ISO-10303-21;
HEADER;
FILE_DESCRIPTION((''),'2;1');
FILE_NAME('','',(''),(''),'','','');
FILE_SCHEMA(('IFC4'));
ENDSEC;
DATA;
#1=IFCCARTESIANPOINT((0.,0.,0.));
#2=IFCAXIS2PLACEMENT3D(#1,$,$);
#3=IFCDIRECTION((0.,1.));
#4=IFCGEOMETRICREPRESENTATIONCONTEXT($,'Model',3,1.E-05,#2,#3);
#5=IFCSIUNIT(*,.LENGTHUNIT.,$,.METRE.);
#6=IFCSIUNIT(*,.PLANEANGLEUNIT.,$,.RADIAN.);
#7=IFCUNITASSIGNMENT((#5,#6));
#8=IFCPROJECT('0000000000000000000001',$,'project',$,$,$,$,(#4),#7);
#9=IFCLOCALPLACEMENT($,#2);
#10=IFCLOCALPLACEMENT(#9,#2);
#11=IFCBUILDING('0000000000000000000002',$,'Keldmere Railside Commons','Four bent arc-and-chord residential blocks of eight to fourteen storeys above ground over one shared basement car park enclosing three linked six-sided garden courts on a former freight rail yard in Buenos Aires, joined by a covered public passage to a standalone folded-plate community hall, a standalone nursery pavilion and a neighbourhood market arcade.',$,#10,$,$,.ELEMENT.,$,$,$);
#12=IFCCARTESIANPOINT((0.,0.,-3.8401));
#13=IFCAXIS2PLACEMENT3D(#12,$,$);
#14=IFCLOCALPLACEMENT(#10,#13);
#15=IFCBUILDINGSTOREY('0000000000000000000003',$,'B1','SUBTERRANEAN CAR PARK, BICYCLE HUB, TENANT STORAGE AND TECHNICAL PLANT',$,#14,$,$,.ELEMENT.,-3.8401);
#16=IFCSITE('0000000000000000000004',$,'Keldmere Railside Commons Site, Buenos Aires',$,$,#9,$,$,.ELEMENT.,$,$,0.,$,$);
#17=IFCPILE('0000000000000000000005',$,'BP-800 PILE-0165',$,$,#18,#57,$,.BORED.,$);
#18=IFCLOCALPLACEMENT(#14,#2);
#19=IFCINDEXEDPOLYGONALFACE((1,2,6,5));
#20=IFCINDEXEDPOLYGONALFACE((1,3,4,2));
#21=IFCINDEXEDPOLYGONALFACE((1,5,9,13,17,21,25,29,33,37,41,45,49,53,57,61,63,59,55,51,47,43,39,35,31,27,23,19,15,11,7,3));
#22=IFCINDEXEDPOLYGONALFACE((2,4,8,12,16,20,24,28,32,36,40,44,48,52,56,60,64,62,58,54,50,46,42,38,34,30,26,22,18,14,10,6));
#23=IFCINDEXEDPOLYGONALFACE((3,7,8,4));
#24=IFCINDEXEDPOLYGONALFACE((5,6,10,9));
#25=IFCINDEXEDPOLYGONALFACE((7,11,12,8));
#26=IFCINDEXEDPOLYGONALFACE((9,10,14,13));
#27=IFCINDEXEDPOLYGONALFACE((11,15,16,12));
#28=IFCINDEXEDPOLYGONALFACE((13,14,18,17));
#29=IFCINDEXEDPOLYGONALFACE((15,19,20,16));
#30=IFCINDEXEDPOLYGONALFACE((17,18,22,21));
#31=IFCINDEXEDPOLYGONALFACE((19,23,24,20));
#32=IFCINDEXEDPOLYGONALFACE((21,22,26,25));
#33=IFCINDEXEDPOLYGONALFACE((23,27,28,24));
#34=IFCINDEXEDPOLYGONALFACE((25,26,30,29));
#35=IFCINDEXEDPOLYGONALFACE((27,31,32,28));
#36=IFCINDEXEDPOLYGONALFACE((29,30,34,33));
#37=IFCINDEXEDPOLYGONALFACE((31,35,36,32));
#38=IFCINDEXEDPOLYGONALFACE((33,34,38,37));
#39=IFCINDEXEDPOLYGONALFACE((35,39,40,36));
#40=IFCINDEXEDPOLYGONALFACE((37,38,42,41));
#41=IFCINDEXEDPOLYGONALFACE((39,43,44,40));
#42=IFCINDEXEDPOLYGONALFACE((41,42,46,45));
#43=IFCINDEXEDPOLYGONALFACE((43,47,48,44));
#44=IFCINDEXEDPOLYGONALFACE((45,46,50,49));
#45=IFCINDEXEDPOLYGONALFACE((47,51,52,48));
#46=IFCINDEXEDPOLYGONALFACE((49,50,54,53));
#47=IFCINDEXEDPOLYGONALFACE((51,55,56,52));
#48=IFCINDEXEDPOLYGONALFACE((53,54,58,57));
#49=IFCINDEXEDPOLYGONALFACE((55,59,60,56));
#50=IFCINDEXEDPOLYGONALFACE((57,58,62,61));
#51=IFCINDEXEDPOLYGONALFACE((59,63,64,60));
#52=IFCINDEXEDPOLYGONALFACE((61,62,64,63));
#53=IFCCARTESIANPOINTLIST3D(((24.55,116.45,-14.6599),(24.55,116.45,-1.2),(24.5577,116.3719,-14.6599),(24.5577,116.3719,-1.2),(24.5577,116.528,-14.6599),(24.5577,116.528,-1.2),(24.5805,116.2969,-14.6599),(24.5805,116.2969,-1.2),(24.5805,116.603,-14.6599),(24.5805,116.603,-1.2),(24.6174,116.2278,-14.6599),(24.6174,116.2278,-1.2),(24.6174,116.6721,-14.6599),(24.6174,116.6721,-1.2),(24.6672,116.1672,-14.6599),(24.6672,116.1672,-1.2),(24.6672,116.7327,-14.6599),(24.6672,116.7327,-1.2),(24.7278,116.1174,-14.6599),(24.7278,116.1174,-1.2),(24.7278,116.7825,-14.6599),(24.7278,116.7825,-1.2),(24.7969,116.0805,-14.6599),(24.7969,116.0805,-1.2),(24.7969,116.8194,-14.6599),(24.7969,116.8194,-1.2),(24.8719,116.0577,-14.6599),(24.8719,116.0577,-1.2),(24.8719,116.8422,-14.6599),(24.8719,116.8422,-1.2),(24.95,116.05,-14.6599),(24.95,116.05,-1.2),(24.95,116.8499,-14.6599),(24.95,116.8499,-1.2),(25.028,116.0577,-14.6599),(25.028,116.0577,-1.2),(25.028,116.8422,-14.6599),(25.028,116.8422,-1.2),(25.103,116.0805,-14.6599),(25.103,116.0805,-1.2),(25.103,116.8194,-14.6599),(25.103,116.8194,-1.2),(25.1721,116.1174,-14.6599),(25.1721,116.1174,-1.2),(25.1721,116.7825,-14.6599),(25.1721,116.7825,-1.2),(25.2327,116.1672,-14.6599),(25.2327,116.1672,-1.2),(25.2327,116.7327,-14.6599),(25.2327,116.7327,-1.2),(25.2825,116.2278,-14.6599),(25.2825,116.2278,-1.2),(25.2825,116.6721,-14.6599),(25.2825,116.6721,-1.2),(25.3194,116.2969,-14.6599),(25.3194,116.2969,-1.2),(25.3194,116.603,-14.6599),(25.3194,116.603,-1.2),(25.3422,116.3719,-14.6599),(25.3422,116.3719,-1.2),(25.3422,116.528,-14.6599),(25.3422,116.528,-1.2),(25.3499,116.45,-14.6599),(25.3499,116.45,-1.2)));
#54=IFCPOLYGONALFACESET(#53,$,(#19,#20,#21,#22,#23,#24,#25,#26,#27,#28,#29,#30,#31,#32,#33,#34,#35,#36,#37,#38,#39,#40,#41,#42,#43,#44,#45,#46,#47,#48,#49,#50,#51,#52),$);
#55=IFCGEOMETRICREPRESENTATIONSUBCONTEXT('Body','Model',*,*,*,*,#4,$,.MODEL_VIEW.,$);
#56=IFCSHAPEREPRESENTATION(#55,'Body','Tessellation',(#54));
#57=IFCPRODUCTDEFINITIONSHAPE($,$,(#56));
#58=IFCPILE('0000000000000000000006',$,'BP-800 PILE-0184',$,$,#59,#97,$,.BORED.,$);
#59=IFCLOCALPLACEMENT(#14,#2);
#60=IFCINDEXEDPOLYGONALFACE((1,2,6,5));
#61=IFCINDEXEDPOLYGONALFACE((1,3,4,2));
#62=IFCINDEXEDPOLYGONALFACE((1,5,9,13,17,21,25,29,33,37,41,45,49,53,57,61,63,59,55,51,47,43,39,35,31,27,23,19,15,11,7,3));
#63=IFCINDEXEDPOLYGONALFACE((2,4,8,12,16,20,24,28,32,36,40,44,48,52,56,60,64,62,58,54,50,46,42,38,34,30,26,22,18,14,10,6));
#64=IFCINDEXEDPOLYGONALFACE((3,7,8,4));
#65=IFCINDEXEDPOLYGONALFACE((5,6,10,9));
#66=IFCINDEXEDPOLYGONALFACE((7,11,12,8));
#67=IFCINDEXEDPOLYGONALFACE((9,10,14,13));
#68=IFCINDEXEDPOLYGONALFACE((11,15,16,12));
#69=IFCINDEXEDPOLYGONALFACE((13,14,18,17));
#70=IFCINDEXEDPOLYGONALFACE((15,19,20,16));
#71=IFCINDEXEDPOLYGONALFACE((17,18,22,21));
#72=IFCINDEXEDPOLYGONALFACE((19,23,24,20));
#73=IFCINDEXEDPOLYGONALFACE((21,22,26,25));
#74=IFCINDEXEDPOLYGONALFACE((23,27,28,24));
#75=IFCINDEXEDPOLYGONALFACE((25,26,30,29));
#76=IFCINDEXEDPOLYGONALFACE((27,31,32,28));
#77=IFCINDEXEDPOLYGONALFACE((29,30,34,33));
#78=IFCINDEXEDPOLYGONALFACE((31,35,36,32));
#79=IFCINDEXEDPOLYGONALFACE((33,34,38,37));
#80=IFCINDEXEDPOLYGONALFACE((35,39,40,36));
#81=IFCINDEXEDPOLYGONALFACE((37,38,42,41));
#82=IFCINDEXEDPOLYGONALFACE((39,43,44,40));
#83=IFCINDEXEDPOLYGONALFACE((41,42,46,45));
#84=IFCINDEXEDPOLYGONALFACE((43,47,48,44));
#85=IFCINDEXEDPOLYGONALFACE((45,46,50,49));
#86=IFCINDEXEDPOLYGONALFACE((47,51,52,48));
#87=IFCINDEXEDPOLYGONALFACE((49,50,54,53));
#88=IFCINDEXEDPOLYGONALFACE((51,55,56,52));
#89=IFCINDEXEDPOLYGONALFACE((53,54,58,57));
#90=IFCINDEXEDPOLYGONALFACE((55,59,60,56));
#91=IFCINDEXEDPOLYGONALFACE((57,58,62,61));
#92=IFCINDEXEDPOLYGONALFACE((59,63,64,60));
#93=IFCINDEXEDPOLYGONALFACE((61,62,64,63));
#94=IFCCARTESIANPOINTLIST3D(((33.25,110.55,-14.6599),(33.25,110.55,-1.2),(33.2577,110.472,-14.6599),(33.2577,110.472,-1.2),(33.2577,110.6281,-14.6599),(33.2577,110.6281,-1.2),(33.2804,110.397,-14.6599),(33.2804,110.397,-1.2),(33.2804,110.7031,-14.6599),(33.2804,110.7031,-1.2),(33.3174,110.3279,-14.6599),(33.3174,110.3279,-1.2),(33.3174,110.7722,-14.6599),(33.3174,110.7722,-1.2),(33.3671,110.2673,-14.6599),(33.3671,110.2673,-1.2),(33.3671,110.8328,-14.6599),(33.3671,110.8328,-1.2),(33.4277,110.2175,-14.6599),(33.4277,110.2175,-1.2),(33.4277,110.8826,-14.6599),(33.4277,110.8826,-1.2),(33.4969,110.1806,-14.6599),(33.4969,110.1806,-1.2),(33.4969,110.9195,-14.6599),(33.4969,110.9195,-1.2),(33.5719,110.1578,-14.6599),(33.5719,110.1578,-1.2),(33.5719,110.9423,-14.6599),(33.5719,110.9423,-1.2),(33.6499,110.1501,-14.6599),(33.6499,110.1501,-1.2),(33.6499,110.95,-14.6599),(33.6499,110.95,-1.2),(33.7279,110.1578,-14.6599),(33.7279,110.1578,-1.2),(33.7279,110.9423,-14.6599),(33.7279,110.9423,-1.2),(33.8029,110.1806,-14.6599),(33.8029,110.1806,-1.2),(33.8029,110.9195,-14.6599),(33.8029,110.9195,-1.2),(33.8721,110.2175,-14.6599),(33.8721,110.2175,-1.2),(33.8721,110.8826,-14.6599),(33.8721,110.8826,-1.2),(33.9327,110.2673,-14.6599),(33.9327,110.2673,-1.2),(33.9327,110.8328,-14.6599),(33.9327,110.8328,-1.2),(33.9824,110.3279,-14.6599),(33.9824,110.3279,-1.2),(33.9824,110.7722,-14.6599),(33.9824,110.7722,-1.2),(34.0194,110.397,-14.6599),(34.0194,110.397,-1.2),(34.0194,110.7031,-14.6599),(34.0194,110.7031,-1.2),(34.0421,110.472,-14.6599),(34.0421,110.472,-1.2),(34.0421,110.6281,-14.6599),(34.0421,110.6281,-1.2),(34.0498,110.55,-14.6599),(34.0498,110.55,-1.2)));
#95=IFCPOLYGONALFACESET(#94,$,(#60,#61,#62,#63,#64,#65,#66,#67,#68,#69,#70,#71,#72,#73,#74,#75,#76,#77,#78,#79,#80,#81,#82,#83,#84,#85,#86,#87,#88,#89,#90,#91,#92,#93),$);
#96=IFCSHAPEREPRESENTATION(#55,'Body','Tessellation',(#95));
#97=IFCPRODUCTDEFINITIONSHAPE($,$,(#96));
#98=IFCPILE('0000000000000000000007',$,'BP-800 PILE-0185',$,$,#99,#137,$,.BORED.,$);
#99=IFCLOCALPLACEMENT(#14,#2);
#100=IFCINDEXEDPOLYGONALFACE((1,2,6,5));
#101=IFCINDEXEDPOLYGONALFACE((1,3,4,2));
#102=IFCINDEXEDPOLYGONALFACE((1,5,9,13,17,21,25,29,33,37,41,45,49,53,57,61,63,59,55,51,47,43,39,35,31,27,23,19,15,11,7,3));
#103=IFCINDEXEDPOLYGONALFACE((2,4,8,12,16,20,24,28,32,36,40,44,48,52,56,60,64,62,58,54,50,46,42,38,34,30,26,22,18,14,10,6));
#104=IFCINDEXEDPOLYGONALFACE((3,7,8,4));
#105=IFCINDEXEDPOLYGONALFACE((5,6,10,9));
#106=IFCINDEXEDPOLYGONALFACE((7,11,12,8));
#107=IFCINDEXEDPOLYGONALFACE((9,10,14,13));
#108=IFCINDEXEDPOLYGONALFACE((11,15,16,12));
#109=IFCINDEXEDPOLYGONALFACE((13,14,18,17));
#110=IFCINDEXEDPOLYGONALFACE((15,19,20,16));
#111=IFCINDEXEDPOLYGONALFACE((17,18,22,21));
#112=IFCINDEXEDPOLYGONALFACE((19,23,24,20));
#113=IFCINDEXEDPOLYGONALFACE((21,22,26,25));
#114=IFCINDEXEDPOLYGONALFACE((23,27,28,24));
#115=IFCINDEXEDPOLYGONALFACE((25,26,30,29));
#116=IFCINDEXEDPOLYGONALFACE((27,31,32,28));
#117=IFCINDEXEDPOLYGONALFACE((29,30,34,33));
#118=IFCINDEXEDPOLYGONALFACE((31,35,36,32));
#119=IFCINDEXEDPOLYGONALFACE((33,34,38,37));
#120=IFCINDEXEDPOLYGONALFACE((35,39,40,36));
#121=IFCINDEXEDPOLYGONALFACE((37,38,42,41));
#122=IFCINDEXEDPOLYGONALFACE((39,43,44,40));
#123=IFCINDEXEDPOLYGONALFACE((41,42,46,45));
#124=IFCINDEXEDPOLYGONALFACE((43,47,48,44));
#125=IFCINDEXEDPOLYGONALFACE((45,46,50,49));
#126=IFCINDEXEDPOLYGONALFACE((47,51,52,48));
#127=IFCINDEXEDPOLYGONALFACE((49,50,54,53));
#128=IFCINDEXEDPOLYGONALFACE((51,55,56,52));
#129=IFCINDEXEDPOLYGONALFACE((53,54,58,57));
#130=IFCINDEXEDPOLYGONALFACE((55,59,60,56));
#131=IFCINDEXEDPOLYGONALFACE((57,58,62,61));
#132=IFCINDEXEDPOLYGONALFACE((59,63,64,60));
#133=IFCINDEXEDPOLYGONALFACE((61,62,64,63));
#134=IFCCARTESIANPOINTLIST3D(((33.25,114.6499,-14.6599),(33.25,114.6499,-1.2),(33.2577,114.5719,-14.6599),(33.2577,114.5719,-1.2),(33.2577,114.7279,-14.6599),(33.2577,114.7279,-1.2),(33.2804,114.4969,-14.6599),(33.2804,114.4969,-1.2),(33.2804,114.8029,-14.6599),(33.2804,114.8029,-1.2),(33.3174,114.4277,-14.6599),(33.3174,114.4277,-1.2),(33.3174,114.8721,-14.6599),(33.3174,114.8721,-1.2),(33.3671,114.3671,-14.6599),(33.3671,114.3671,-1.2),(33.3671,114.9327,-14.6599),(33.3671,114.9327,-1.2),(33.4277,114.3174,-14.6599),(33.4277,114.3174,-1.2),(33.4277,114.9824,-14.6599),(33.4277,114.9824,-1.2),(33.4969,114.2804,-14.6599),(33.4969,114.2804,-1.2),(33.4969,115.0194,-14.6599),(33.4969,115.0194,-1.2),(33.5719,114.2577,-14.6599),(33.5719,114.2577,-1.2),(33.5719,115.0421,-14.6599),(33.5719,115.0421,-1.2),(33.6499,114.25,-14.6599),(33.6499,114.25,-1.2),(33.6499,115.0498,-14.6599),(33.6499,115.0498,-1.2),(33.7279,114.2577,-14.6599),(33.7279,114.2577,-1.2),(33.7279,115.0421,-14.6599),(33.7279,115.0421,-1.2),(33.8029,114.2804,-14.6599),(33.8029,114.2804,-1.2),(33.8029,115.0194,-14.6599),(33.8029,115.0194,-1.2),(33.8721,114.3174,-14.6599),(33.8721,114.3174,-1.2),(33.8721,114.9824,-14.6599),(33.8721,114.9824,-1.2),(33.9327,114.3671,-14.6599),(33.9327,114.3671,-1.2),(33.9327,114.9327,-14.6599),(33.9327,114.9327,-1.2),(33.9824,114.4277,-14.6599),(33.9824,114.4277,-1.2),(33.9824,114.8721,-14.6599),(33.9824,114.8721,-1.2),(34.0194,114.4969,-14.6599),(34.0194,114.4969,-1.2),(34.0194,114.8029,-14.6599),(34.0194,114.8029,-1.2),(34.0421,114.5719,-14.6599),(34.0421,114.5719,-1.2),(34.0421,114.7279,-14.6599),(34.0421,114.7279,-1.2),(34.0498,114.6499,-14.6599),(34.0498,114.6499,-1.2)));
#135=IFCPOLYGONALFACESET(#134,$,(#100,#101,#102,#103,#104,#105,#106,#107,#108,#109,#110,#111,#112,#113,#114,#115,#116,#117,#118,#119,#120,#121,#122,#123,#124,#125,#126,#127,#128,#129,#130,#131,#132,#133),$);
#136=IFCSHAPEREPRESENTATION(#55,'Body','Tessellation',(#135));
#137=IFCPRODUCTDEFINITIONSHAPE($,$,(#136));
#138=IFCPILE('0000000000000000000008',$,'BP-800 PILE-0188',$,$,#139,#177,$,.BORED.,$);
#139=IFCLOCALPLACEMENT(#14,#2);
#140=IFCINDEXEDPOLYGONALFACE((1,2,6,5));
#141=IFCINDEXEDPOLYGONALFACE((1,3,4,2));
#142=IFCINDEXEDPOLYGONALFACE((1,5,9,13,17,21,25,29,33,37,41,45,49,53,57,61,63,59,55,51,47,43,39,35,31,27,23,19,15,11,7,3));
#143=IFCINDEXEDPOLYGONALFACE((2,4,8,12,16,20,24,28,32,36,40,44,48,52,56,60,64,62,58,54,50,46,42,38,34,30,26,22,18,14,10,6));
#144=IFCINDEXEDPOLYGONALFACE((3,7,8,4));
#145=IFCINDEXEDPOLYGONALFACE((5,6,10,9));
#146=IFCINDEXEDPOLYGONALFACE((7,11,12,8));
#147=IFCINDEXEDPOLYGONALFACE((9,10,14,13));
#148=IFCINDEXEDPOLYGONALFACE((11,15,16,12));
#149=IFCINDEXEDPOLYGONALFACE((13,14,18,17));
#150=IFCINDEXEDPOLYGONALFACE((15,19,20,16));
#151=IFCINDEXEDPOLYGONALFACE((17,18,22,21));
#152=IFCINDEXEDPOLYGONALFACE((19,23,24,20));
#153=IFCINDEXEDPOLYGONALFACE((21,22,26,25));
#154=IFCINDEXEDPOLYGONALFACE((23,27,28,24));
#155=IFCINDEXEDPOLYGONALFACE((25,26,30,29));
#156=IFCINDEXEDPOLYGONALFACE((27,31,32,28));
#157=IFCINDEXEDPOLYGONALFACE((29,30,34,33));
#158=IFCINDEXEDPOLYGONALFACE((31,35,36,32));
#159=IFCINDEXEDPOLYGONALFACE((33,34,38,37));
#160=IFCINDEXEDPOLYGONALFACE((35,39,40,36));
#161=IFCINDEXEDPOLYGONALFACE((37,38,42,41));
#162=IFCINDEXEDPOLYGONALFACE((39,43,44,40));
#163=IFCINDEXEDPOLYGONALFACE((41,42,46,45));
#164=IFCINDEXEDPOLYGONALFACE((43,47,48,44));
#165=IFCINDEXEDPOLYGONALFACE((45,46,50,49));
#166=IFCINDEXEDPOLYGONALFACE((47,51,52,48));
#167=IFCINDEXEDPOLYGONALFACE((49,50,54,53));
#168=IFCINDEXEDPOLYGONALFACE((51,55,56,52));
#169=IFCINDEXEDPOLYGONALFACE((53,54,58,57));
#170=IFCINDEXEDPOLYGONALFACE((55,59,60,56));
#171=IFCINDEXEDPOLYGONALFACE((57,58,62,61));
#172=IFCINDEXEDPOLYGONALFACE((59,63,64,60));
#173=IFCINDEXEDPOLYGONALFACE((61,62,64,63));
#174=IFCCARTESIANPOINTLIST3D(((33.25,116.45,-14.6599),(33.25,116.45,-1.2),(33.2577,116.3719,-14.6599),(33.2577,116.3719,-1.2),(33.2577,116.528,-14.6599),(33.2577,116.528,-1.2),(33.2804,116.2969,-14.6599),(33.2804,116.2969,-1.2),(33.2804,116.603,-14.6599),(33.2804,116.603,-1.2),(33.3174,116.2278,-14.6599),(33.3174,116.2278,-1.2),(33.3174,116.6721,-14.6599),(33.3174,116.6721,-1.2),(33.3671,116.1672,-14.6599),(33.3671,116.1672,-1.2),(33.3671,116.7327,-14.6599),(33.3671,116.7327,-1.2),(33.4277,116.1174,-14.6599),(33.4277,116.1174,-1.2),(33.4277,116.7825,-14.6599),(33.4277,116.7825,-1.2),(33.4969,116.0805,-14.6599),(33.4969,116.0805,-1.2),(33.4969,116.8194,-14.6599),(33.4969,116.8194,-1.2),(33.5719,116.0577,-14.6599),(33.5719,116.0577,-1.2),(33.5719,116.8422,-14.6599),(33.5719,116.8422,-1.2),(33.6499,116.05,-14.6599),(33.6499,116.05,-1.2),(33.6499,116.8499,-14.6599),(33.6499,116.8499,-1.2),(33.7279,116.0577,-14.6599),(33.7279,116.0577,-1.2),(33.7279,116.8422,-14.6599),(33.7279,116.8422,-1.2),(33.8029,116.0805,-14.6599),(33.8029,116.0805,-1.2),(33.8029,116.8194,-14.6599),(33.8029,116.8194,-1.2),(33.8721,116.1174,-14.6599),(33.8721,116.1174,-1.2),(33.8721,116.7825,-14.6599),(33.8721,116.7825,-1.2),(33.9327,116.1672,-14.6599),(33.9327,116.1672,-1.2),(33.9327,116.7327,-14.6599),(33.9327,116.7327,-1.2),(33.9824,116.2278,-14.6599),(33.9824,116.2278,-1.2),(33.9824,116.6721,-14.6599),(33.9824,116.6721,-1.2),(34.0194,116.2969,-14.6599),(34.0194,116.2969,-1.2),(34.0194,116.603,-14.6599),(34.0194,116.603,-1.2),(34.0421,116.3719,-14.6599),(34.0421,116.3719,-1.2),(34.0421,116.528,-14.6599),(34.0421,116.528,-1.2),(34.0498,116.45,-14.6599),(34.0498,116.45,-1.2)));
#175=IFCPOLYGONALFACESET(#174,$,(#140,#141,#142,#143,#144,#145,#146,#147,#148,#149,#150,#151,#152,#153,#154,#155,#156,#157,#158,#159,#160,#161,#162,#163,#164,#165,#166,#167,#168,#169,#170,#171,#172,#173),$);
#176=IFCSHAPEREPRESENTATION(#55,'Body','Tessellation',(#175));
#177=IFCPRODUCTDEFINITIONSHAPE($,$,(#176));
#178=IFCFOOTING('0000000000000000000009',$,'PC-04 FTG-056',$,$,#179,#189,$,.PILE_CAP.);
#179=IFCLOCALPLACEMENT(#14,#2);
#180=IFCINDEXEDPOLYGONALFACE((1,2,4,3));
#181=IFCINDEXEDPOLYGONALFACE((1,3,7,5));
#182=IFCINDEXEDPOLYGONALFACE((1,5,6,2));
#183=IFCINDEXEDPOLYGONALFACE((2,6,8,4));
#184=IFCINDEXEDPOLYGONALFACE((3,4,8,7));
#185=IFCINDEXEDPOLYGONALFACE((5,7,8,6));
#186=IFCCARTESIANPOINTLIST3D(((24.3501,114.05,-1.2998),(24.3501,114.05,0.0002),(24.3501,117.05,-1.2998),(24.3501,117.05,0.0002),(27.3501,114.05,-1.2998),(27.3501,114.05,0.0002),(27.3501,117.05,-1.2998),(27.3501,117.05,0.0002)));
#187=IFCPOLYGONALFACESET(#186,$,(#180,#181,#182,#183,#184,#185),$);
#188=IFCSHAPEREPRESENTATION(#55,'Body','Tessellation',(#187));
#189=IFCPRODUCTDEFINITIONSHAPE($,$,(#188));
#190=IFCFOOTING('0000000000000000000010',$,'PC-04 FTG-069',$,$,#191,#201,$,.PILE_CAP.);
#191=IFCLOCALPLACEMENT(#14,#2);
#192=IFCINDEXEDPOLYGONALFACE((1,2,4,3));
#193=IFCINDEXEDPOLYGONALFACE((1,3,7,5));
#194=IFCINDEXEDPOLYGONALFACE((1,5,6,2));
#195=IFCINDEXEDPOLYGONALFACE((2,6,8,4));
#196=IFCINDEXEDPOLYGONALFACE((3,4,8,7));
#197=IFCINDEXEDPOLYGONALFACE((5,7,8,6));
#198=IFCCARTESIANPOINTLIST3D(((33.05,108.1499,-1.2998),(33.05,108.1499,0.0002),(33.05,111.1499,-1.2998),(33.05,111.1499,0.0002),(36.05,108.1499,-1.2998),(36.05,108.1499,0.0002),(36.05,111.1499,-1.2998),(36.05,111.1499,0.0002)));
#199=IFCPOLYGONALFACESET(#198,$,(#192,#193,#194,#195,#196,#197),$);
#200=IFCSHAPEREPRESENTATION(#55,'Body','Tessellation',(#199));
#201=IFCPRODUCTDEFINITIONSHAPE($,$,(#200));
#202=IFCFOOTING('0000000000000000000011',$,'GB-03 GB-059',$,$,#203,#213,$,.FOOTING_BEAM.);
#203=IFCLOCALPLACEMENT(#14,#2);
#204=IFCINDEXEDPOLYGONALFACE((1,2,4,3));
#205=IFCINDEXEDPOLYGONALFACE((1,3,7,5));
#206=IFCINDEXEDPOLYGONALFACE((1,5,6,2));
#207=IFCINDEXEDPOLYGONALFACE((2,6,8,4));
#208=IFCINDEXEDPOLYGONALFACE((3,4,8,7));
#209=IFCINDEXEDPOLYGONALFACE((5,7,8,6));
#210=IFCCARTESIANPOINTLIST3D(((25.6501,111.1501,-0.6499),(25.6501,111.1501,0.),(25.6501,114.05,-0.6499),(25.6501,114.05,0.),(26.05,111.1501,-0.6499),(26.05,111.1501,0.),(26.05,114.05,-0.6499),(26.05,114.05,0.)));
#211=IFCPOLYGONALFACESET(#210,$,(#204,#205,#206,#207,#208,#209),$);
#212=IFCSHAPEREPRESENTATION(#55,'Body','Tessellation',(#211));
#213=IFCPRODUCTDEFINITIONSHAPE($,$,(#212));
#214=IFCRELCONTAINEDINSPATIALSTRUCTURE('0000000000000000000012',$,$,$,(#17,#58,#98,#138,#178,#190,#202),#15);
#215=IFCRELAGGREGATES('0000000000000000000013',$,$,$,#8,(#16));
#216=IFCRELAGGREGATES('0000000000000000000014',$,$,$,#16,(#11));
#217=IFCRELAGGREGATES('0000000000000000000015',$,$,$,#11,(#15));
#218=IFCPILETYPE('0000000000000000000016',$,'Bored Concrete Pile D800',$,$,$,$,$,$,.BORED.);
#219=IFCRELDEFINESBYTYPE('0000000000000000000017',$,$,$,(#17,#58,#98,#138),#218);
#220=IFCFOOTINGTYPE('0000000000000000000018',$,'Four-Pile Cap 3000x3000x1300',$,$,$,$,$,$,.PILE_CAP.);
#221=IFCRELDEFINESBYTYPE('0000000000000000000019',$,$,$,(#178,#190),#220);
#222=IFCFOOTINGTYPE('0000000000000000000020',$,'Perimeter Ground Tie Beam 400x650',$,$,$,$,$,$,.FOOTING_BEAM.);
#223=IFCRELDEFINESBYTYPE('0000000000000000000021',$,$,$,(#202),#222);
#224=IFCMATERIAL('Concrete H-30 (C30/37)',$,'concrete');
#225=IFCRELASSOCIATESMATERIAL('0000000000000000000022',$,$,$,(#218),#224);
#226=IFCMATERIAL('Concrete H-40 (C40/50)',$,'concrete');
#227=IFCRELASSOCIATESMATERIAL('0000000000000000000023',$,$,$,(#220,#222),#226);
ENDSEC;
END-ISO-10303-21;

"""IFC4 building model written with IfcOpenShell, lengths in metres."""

from ifc_helpers import new_model, si_unit, direction, frame, origin, origin_2d, place, context, subcontext, project, spatial, rectangle, circle, extrude, material, material_profile, profile_set, type_object, element, save


model = new_model("IFC4")

# Units and contexts
model_context = context("Model", 3, precision=1e-05, world=origin(), true_north=direction((0.0, 1.0)))
body_context = subcontext(model_context, "Body", "Model", "MODEL_VIEW")
ifc_project = project(units=[si_unit("LENGTHUNIT", "METRE"), si_unit("PLANEANGLEUNIT", "RADIAN")], contexts=[model_context])

# Site, building, storey
site_placement = place(None, origin())
site = spatial("IfcSite", under=ifc_project, at=site_placement, Name="Keldmere Railside Commons Site, Buenos Aires", CompositionType="ELEMENT", RefElevation=0.0)
building_placement = place(site_placement, origin())
building = spatial("IfcBuilding", under=site, at=building_placement, Name="Keldmere Railside Commons", Description="Four bent arc-and-chord residential blocks of eight to fourteen storeys above ground over one shared basement car park enclosing three linked six-sided garden courts on a former freight rail yard in Buenos Aires, joined by a covered public passage to a standalone folded-plate community hall, a standalone nursery pavilion and a neighbourhood market arcade.", CompositionType="ELEMENT")
storey_placement = place(building_placement, frame((0.0, 0.0, -3.8401)))
storey = spatial("IfcBuildingStorey", under=building, at=storey_placement, Name="B1", Description="SUBTERRANEAN CAR PARK, BICYCLE HUB, TENANT STORAGE AND TECHNICAL PLANT", CompositionType="ELEMENT", Elevation=-3.8401)

# Piles
ifc_material_1 = material(Name="Concrete H-30 (C30/37)", Category="concrete")
ifc_material_profile_1 = material_profile(ifc_material_1, circle(Radius=0.3999, at=origin_2d()), Name="PILE-D800")
ifc_profile_set_1 = profile_set([ifc_material_profile_1], Name="Concrete H-30 (C30/37)")
pile_type = type_object("IfcPileType", Name="Bored Concrete Pile D800", PredefinedType="BORED", material=ifc_profile_set_1)
for number, where, z_axis, x_axis, name in (
    (1, (24.95, 116.45, -1.2), (0.0, 0.0, -1.0), (1.0, 0.0, 0.0), "BP-800 PILE-0165"),
    (2, (33.6499, 110.55, -1.2), (0.0, 0.0, -1.0), (1.0, 0.0, 0.0), "BP-800 PILE-0184"),
    (3, (33.6499, 114.6499, -1.2), (0.0, 0.0, -1.0), (1.0, 0.0, 0.0), "BP-800 PILE-0185"),
    (4, (33.6499, 116.45, -1.2), (0.0, 0.0, -1.0), (1.0, 0.0, 0.0), "BP-800 PILE-0188"),
):
    element("IfcPile", number, at=place(storey_placement, frame(where, z_axis=z_axis, x_axis=x_axis)), inside=storey, type_object=pile_type, Name=name, PredefinedType="BORED", context=body_context, shape_type="SweptSolid", body=[
        extrude(circle(Radius=0.3999, at=origin_2d()), origin(), (0.0, 0.0, 1.0), 13.46),
    ])

# Footings
ifc_material_2 = material(Name="Concrete H-40 (C40/50)", Category="concrete")
footing_type_1 = type_object("IfcFootingType", Name="Four-Pile Cap 3000x3000x1300", PredefinedType="PILE_CAP", material=ifc_material_2)
for number, where, z_axis, x_axis, name in (
    (5, (25.8501, 115.55, -1.2998), (0.0, 0.0, 1.0), (1.0, 0.0, 0.0), "PC-04 FTG-056"),
    (6, (34.55, 109.6499, -1.2998), (0.0, 0.0, 1.0), (1.0, 0.0, 0.0), "PC-04 FTG-069"),
):
    element("IfcFooting", number, at=place(storey_placement, frame(where, z_axis=z_axis, x_axis=x_axis)), inside=storey, type_object=footing_type_1, Name=name, PredefinedType="PILE_CAP", context=body_context, shape_type="SweptSolid", body=[
        extrude(rectangle(XDim=3.0, YDim=3.0, at=origin_2d()), origin(), (0.0, 0.0, 1.0), 1.3),
    ])
footing_type_2 = type_object("IfcFootingType", Name="Perimeter Ground Tie Beam 400x650", PredefinedType="FOOTING_BEAM", material=ifc_material_2)
footing_1_placement = place(storey_placement, frame((25.8501, 112.6001, -0.6499), z_axis=(0.0, 0.0, 1.0), x_axis=(0.0, 1.0, 0.0)))
element("IfcFooting", 7, at=footing_1_placement, inside=storey, type_object=footing_type_2, Name="GB-03 GB-059", PredefinedType="FOOTING_BEAM", context=body_context, shape_type="SweptSolid", body=[
    extrude(rectangle(XDim=2.8999, YDim=0.3999, at=origin_2d()), origin(), (0.0, 0.0, 1.0), 0.6499),
])

save(model, "model.ifc")
